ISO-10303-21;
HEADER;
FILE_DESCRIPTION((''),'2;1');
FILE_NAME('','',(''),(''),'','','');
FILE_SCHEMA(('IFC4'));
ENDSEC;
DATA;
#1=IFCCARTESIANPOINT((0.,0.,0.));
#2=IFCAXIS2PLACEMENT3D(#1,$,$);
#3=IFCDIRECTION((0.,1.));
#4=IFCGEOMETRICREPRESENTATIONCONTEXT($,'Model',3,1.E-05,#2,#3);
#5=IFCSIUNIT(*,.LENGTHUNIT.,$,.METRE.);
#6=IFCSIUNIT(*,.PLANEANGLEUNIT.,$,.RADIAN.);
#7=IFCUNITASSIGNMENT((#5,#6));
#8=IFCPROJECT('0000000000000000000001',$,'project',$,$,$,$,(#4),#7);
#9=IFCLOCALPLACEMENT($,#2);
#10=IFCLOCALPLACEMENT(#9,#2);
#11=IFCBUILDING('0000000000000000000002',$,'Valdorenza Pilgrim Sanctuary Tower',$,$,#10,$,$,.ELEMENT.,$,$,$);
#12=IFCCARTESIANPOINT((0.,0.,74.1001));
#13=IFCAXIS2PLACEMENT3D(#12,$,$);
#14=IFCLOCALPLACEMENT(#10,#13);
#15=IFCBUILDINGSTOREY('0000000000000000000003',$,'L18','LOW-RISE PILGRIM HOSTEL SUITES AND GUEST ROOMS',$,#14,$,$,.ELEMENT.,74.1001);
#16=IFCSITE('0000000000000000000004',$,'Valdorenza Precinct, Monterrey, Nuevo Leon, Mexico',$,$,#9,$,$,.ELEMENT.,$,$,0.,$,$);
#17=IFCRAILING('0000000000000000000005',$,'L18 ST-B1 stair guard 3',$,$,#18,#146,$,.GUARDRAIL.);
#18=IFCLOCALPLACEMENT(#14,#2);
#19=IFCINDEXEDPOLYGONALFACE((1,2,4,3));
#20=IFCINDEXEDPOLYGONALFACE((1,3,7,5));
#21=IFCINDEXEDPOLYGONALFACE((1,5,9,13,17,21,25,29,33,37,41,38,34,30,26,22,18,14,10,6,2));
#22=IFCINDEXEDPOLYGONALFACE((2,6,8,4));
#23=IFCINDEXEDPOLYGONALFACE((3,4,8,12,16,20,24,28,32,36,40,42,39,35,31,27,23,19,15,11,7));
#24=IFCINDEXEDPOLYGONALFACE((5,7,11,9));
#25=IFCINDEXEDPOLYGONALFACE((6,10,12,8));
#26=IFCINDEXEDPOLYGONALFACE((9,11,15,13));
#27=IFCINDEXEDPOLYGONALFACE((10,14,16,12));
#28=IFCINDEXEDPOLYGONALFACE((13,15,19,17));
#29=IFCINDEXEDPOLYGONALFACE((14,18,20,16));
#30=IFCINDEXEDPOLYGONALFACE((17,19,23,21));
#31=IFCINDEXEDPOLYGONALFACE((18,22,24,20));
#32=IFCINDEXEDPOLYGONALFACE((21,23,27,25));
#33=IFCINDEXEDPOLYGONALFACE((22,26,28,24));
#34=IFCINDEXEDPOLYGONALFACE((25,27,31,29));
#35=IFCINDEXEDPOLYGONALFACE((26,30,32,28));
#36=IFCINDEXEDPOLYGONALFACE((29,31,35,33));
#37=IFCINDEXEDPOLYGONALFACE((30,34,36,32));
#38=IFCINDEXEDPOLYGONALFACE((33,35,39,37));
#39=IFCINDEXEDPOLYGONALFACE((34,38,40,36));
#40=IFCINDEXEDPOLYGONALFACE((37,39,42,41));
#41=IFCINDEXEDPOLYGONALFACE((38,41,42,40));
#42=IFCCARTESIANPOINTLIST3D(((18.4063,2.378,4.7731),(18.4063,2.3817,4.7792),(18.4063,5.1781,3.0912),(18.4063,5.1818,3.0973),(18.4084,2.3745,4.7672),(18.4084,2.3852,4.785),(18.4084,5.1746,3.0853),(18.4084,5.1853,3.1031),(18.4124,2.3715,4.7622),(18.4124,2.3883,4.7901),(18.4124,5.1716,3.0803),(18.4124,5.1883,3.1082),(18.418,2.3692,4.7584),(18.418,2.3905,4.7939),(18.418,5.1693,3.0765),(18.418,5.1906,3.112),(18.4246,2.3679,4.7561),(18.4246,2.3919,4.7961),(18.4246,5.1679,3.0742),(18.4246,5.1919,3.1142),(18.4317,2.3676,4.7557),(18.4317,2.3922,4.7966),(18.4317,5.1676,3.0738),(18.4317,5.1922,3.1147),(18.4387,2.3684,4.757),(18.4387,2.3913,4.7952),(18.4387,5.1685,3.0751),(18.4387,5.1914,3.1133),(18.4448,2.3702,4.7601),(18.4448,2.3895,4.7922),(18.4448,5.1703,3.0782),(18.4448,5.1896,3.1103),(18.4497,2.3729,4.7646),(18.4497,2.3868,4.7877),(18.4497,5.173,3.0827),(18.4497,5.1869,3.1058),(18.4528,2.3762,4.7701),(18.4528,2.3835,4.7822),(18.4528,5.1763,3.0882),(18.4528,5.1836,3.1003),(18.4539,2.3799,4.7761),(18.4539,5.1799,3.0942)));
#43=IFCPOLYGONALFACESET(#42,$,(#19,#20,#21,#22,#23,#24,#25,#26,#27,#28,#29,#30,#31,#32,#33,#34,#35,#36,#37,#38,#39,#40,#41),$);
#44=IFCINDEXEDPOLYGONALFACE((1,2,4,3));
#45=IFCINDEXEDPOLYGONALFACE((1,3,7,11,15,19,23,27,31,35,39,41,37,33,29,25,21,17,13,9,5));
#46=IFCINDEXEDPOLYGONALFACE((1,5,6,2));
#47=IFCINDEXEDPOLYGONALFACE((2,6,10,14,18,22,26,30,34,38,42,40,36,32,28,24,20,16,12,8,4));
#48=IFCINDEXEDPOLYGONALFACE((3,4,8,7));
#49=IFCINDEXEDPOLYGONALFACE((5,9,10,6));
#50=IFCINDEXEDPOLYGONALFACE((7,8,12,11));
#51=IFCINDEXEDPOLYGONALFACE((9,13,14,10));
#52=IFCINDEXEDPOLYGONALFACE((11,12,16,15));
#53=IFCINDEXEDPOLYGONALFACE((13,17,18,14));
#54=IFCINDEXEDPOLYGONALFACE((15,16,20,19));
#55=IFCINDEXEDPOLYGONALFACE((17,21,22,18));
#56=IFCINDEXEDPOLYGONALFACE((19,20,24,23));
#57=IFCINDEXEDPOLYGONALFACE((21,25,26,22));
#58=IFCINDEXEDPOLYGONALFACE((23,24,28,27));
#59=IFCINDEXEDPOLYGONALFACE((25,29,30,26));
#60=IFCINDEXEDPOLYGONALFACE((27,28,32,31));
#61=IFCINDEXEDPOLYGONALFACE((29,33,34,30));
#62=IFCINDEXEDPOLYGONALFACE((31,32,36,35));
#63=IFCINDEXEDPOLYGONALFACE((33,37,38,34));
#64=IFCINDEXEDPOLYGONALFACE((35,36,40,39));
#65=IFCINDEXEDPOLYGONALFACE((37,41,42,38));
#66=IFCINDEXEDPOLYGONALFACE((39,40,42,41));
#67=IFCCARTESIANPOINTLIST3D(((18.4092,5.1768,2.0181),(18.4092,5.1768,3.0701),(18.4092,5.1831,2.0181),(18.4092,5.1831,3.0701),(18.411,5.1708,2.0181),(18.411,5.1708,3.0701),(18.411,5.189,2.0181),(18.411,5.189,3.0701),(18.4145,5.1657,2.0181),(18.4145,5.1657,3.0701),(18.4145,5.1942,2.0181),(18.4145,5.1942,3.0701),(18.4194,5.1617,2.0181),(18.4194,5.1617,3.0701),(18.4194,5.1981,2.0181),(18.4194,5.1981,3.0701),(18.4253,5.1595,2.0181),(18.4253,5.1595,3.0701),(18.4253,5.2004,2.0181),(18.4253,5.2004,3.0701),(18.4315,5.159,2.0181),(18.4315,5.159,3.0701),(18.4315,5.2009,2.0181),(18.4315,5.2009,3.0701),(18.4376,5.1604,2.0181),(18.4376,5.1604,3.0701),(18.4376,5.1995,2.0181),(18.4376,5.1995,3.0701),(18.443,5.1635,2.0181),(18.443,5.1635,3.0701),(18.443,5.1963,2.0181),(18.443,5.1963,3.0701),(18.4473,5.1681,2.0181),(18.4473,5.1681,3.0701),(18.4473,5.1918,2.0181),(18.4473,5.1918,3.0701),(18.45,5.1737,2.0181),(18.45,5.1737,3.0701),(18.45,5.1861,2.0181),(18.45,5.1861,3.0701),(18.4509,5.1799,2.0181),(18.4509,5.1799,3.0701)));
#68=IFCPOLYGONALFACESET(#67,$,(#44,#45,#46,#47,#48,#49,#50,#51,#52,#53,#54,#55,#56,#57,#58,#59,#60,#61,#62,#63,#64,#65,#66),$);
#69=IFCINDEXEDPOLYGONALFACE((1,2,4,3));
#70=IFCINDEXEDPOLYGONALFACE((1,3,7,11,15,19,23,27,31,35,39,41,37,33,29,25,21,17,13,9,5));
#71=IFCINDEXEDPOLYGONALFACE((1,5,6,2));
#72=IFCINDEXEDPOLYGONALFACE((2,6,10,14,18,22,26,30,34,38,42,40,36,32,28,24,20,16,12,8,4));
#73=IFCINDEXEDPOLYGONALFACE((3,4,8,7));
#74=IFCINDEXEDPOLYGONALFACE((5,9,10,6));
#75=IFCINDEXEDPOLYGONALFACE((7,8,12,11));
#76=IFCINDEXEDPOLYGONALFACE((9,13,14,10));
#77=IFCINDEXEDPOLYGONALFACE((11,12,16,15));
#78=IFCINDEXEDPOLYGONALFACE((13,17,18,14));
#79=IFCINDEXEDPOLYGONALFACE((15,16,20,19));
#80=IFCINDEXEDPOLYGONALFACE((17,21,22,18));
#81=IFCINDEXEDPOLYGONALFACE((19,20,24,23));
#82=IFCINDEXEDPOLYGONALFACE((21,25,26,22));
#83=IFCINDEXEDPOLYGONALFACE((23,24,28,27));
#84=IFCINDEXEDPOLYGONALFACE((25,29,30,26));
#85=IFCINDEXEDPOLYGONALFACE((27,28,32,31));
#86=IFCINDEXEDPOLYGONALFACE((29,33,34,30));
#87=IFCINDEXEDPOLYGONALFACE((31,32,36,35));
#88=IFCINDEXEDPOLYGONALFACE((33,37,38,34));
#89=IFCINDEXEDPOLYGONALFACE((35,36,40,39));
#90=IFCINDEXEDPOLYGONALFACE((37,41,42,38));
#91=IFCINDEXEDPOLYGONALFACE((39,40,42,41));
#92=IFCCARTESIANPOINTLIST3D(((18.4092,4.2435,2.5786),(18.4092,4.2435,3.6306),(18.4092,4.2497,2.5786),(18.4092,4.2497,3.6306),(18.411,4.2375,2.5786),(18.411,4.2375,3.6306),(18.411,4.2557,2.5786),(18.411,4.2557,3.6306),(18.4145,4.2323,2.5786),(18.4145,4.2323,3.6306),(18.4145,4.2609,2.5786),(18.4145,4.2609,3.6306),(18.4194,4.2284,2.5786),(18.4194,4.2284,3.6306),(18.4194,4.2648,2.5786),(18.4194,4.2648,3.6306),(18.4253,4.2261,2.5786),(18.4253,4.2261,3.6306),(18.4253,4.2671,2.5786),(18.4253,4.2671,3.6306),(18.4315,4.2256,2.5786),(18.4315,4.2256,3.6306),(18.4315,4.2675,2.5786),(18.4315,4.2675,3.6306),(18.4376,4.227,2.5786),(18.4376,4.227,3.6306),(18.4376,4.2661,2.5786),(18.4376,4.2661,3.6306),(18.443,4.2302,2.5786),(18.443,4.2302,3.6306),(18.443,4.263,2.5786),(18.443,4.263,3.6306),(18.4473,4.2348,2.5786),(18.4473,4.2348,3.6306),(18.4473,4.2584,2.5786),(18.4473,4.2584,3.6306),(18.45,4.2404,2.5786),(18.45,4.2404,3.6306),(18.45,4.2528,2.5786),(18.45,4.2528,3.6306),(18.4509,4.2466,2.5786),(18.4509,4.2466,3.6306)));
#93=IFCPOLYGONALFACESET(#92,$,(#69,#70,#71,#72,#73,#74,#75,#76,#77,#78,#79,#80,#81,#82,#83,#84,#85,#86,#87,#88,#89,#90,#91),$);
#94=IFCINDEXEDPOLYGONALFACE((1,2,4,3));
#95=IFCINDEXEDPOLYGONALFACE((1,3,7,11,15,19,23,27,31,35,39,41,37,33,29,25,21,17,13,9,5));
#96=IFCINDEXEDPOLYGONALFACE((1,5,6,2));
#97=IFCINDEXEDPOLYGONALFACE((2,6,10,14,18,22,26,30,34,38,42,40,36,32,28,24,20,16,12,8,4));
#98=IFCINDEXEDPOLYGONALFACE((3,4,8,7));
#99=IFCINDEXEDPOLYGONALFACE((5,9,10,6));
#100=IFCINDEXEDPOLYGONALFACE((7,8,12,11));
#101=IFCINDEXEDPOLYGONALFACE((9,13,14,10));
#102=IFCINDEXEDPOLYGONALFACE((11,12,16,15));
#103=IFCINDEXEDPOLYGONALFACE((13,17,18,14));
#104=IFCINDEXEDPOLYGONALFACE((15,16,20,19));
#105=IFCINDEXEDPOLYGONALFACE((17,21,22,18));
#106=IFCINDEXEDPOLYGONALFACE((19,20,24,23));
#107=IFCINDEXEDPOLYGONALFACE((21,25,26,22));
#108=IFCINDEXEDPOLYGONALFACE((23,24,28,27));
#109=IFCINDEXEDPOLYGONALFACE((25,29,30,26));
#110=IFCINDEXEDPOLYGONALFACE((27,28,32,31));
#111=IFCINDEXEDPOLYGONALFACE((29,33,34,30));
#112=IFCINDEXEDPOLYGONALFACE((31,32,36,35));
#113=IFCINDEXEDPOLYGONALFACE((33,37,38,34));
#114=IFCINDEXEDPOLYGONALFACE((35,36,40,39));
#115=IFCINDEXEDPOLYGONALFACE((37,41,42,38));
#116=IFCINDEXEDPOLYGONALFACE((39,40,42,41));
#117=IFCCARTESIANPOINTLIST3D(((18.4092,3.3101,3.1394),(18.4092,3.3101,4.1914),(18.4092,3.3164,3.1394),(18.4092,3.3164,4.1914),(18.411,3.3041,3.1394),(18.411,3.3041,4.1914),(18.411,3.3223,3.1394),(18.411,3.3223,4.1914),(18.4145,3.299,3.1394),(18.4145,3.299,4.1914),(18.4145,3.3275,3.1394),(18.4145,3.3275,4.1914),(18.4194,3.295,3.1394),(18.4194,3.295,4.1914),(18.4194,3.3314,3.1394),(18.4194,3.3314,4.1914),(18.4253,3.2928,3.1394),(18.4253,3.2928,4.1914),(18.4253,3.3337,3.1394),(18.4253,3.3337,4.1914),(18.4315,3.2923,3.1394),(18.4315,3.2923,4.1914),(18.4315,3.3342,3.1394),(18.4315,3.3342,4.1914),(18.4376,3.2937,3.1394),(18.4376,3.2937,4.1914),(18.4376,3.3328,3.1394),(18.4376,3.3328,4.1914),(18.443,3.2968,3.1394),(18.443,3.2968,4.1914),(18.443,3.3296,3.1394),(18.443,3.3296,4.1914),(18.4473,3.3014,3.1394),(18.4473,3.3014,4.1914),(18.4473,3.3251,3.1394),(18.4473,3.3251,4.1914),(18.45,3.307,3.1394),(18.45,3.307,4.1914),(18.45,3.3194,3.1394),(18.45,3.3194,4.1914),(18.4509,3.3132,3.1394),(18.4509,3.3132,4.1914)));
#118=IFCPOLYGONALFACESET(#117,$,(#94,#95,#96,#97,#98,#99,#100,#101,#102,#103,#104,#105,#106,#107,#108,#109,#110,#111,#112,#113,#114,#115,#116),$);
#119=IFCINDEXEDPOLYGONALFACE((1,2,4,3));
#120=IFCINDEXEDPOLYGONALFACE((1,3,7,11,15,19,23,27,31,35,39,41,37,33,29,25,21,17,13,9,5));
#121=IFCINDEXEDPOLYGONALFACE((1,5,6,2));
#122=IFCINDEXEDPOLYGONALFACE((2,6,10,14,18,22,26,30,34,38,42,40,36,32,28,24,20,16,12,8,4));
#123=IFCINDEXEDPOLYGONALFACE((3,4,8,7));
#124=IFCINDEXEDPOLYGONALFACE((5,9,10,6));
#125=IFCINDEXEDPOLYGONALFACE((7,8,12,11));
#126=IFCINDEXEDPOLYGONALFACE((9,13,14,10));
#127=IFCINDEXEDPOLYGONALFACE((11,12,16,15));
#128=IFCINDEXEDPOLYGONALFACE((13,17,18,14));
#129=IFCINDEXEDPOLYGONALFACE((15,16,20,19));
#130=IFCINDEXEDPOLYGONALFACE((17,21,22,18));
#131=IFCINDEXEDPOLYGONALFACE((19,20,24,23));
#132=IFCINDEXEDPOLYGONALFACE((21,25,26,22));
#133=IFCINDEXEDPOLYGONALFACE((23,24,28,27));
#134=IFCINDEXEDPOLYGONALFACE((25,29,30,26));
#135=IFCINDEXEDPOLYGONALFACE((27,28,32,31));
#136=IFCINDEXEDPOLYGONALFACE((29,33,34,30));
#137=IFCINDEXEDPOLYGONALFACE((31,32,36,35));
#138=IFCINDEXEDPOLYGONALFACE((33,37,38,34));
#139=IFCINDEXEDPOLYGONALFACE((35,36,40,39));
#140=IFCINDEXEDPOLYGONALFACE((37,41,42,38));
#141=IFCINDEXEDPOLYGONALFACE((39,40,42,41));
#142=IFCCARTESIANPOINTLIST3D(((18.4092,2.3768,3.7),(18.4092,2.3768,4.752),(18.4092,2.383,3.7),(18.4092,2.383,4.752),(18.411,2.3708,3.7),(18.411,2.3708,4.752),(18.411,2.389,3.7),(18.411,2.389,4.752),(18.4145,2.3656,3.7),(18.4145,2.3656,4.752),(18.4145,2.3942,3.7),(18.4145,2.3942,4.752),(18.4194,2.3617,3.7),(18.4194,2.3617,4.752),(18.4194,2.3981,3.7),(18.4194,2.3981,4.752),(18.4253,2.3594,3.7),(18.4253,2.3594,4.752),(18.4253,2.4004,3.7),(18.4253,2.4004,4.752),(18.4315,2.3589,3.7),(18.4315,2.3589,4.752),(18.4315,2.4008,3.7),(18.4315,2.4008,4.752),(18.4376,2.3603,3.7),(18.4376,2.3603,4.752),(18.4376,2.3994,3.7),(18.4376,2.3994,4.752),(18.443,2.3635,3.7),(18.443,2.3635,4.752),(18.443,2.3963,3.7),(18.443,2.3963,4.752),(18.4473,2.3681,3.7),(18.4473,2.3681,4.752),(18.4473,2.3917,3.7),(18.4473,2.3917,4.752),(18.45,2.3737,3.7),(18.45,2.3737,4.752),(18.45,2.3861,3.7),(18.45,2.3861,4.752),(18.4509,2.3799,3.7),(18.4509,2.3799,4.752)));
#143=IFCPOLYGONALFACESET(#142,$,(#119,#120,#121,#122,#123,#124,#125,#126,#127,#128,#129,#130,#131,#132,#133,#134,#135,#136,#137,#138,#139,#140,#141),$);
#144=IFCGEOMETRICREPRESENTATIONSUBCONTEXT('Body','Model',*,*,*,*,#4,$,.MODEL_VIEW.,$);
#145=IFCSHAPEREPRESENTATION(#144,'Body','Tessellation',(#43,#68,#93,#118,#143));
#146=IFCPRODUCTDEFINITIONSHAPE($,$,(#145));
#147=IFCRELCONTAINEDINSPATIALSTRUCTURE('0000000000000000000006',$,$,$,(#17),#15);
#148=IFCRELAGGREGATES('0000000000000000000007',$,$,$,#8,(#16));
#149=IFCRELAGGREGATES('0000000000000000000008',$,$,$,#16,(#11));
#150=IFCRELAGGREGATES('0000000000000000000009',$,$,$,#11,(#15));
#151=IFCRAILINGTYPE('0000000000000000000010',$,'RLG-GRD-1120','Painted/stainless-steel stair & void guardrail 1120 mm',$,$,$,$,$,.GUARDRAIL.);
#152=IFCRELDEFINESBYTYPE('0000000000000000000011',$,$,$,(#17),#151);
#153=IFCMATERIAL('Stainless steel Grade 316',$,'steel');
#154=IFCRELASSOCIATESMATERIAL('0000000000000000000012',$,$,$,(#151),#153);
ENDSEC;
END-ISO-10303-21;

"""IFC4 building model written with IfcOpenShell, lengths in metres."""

from ifc_helpers import new_model, si_unit, direction, frame, origin, origin_2d, place, context, subcontext, project, spatial, circle, extrude, material, type_object, element, save


model = new_model("IFC4")

# Units and contexts
model_context = context("Model", 3, precision=1e-05, world=origin(), true_north=direction((0.0, 1.0)))
body_context = subcontext(model_context, "Body", "Model", "MODEL_VIEW")
ifc_project = project(units=[si_unit("LENGTHUNIT", "METRE"), si_unit("PLANEANGLEUNIT", "RADIAN")], contexts=[model_context])

# Site, building, storey
site_placement = place(None, origin())
site = spatial("IfcSite", under=ifc_project, at=site_placement, Name="Valdorenza Precinct, Monterrey, Nuevo Leon, Mexico", CompositionType="ELEMENT", RefElevation=0.0)
building_placement = place(site_placement, origin())
building = spatial("IfcBuilding", under=site, at=building_placement, Name="Valdorenza Pilgrim Sanctuary Tower", CompositionType="ELEMENT")
storey_placement = place(building_placement, frame((0.0, 0.0, 74.1001)))
storey = spatial("IfcBuildingStorey", under=building, at=storey_placement, Name="L18", Description="LOW-RISE PILGRIM HOSTEL SUITES AND GUEST ROOMS", CompositionType="ELEMENT", Elevation=74.1001)

# Railing
ifc_material_1 = material(Name="Stainless steel Grade 316", Category="steel")
railing_type_1 = type_object("IfcRailingType", Name="RLG-GRD-1120", Description="Painted/stainless-steel stair & void guardrail 1120 mm", PredefinedType="GUARDRAIL", material=ifc_material_1)
railing_1_placement = place(storey_placement, frame((18.4299, 5.1799, 2.0181)))
element("IfcRailing", 1, at=railing_1_placement, inside=storey, type_object=railing_type_1, Name="L18 ST-B1 stair guard 3", PredefinedType="GUARDRAIL", context=body_context, shape_type="SweptSolid", body=[
    extrude(circle(Radius=0.0239, at=origin_2d()), frame((0.0, 0.0, 1.0762), z_axis=(0.0, -0.857242, 0.514913), x_axis=(1.0, 0.0, 0.0)), (0.0, 0.0, 1.0), 3.2664),
    extrude(circle(Radius=0.021, at=origin_2d()), origin(), (0.0, 0.0, 1.0), 1.052),
    extrude(circle(Radius=0.021, at=origin_2d()), frame((0.0, -0.9333, 0.5605)), (0.0, 0.0, 1.0), 1.052),
    extrude(circle(Radius=0.021, at=origin_2d()), frame((0.0, -1.8667, 1.1213)), (0.0, 0.0, 1.0), 1.052),
    extrude(circle(Radius=0.021, at=origin_2d()), frame((0.0, -2.8, 1.6819)), (0.0, 0.0, 1.0), 1.052),
])

save(model, "model.ifc")
